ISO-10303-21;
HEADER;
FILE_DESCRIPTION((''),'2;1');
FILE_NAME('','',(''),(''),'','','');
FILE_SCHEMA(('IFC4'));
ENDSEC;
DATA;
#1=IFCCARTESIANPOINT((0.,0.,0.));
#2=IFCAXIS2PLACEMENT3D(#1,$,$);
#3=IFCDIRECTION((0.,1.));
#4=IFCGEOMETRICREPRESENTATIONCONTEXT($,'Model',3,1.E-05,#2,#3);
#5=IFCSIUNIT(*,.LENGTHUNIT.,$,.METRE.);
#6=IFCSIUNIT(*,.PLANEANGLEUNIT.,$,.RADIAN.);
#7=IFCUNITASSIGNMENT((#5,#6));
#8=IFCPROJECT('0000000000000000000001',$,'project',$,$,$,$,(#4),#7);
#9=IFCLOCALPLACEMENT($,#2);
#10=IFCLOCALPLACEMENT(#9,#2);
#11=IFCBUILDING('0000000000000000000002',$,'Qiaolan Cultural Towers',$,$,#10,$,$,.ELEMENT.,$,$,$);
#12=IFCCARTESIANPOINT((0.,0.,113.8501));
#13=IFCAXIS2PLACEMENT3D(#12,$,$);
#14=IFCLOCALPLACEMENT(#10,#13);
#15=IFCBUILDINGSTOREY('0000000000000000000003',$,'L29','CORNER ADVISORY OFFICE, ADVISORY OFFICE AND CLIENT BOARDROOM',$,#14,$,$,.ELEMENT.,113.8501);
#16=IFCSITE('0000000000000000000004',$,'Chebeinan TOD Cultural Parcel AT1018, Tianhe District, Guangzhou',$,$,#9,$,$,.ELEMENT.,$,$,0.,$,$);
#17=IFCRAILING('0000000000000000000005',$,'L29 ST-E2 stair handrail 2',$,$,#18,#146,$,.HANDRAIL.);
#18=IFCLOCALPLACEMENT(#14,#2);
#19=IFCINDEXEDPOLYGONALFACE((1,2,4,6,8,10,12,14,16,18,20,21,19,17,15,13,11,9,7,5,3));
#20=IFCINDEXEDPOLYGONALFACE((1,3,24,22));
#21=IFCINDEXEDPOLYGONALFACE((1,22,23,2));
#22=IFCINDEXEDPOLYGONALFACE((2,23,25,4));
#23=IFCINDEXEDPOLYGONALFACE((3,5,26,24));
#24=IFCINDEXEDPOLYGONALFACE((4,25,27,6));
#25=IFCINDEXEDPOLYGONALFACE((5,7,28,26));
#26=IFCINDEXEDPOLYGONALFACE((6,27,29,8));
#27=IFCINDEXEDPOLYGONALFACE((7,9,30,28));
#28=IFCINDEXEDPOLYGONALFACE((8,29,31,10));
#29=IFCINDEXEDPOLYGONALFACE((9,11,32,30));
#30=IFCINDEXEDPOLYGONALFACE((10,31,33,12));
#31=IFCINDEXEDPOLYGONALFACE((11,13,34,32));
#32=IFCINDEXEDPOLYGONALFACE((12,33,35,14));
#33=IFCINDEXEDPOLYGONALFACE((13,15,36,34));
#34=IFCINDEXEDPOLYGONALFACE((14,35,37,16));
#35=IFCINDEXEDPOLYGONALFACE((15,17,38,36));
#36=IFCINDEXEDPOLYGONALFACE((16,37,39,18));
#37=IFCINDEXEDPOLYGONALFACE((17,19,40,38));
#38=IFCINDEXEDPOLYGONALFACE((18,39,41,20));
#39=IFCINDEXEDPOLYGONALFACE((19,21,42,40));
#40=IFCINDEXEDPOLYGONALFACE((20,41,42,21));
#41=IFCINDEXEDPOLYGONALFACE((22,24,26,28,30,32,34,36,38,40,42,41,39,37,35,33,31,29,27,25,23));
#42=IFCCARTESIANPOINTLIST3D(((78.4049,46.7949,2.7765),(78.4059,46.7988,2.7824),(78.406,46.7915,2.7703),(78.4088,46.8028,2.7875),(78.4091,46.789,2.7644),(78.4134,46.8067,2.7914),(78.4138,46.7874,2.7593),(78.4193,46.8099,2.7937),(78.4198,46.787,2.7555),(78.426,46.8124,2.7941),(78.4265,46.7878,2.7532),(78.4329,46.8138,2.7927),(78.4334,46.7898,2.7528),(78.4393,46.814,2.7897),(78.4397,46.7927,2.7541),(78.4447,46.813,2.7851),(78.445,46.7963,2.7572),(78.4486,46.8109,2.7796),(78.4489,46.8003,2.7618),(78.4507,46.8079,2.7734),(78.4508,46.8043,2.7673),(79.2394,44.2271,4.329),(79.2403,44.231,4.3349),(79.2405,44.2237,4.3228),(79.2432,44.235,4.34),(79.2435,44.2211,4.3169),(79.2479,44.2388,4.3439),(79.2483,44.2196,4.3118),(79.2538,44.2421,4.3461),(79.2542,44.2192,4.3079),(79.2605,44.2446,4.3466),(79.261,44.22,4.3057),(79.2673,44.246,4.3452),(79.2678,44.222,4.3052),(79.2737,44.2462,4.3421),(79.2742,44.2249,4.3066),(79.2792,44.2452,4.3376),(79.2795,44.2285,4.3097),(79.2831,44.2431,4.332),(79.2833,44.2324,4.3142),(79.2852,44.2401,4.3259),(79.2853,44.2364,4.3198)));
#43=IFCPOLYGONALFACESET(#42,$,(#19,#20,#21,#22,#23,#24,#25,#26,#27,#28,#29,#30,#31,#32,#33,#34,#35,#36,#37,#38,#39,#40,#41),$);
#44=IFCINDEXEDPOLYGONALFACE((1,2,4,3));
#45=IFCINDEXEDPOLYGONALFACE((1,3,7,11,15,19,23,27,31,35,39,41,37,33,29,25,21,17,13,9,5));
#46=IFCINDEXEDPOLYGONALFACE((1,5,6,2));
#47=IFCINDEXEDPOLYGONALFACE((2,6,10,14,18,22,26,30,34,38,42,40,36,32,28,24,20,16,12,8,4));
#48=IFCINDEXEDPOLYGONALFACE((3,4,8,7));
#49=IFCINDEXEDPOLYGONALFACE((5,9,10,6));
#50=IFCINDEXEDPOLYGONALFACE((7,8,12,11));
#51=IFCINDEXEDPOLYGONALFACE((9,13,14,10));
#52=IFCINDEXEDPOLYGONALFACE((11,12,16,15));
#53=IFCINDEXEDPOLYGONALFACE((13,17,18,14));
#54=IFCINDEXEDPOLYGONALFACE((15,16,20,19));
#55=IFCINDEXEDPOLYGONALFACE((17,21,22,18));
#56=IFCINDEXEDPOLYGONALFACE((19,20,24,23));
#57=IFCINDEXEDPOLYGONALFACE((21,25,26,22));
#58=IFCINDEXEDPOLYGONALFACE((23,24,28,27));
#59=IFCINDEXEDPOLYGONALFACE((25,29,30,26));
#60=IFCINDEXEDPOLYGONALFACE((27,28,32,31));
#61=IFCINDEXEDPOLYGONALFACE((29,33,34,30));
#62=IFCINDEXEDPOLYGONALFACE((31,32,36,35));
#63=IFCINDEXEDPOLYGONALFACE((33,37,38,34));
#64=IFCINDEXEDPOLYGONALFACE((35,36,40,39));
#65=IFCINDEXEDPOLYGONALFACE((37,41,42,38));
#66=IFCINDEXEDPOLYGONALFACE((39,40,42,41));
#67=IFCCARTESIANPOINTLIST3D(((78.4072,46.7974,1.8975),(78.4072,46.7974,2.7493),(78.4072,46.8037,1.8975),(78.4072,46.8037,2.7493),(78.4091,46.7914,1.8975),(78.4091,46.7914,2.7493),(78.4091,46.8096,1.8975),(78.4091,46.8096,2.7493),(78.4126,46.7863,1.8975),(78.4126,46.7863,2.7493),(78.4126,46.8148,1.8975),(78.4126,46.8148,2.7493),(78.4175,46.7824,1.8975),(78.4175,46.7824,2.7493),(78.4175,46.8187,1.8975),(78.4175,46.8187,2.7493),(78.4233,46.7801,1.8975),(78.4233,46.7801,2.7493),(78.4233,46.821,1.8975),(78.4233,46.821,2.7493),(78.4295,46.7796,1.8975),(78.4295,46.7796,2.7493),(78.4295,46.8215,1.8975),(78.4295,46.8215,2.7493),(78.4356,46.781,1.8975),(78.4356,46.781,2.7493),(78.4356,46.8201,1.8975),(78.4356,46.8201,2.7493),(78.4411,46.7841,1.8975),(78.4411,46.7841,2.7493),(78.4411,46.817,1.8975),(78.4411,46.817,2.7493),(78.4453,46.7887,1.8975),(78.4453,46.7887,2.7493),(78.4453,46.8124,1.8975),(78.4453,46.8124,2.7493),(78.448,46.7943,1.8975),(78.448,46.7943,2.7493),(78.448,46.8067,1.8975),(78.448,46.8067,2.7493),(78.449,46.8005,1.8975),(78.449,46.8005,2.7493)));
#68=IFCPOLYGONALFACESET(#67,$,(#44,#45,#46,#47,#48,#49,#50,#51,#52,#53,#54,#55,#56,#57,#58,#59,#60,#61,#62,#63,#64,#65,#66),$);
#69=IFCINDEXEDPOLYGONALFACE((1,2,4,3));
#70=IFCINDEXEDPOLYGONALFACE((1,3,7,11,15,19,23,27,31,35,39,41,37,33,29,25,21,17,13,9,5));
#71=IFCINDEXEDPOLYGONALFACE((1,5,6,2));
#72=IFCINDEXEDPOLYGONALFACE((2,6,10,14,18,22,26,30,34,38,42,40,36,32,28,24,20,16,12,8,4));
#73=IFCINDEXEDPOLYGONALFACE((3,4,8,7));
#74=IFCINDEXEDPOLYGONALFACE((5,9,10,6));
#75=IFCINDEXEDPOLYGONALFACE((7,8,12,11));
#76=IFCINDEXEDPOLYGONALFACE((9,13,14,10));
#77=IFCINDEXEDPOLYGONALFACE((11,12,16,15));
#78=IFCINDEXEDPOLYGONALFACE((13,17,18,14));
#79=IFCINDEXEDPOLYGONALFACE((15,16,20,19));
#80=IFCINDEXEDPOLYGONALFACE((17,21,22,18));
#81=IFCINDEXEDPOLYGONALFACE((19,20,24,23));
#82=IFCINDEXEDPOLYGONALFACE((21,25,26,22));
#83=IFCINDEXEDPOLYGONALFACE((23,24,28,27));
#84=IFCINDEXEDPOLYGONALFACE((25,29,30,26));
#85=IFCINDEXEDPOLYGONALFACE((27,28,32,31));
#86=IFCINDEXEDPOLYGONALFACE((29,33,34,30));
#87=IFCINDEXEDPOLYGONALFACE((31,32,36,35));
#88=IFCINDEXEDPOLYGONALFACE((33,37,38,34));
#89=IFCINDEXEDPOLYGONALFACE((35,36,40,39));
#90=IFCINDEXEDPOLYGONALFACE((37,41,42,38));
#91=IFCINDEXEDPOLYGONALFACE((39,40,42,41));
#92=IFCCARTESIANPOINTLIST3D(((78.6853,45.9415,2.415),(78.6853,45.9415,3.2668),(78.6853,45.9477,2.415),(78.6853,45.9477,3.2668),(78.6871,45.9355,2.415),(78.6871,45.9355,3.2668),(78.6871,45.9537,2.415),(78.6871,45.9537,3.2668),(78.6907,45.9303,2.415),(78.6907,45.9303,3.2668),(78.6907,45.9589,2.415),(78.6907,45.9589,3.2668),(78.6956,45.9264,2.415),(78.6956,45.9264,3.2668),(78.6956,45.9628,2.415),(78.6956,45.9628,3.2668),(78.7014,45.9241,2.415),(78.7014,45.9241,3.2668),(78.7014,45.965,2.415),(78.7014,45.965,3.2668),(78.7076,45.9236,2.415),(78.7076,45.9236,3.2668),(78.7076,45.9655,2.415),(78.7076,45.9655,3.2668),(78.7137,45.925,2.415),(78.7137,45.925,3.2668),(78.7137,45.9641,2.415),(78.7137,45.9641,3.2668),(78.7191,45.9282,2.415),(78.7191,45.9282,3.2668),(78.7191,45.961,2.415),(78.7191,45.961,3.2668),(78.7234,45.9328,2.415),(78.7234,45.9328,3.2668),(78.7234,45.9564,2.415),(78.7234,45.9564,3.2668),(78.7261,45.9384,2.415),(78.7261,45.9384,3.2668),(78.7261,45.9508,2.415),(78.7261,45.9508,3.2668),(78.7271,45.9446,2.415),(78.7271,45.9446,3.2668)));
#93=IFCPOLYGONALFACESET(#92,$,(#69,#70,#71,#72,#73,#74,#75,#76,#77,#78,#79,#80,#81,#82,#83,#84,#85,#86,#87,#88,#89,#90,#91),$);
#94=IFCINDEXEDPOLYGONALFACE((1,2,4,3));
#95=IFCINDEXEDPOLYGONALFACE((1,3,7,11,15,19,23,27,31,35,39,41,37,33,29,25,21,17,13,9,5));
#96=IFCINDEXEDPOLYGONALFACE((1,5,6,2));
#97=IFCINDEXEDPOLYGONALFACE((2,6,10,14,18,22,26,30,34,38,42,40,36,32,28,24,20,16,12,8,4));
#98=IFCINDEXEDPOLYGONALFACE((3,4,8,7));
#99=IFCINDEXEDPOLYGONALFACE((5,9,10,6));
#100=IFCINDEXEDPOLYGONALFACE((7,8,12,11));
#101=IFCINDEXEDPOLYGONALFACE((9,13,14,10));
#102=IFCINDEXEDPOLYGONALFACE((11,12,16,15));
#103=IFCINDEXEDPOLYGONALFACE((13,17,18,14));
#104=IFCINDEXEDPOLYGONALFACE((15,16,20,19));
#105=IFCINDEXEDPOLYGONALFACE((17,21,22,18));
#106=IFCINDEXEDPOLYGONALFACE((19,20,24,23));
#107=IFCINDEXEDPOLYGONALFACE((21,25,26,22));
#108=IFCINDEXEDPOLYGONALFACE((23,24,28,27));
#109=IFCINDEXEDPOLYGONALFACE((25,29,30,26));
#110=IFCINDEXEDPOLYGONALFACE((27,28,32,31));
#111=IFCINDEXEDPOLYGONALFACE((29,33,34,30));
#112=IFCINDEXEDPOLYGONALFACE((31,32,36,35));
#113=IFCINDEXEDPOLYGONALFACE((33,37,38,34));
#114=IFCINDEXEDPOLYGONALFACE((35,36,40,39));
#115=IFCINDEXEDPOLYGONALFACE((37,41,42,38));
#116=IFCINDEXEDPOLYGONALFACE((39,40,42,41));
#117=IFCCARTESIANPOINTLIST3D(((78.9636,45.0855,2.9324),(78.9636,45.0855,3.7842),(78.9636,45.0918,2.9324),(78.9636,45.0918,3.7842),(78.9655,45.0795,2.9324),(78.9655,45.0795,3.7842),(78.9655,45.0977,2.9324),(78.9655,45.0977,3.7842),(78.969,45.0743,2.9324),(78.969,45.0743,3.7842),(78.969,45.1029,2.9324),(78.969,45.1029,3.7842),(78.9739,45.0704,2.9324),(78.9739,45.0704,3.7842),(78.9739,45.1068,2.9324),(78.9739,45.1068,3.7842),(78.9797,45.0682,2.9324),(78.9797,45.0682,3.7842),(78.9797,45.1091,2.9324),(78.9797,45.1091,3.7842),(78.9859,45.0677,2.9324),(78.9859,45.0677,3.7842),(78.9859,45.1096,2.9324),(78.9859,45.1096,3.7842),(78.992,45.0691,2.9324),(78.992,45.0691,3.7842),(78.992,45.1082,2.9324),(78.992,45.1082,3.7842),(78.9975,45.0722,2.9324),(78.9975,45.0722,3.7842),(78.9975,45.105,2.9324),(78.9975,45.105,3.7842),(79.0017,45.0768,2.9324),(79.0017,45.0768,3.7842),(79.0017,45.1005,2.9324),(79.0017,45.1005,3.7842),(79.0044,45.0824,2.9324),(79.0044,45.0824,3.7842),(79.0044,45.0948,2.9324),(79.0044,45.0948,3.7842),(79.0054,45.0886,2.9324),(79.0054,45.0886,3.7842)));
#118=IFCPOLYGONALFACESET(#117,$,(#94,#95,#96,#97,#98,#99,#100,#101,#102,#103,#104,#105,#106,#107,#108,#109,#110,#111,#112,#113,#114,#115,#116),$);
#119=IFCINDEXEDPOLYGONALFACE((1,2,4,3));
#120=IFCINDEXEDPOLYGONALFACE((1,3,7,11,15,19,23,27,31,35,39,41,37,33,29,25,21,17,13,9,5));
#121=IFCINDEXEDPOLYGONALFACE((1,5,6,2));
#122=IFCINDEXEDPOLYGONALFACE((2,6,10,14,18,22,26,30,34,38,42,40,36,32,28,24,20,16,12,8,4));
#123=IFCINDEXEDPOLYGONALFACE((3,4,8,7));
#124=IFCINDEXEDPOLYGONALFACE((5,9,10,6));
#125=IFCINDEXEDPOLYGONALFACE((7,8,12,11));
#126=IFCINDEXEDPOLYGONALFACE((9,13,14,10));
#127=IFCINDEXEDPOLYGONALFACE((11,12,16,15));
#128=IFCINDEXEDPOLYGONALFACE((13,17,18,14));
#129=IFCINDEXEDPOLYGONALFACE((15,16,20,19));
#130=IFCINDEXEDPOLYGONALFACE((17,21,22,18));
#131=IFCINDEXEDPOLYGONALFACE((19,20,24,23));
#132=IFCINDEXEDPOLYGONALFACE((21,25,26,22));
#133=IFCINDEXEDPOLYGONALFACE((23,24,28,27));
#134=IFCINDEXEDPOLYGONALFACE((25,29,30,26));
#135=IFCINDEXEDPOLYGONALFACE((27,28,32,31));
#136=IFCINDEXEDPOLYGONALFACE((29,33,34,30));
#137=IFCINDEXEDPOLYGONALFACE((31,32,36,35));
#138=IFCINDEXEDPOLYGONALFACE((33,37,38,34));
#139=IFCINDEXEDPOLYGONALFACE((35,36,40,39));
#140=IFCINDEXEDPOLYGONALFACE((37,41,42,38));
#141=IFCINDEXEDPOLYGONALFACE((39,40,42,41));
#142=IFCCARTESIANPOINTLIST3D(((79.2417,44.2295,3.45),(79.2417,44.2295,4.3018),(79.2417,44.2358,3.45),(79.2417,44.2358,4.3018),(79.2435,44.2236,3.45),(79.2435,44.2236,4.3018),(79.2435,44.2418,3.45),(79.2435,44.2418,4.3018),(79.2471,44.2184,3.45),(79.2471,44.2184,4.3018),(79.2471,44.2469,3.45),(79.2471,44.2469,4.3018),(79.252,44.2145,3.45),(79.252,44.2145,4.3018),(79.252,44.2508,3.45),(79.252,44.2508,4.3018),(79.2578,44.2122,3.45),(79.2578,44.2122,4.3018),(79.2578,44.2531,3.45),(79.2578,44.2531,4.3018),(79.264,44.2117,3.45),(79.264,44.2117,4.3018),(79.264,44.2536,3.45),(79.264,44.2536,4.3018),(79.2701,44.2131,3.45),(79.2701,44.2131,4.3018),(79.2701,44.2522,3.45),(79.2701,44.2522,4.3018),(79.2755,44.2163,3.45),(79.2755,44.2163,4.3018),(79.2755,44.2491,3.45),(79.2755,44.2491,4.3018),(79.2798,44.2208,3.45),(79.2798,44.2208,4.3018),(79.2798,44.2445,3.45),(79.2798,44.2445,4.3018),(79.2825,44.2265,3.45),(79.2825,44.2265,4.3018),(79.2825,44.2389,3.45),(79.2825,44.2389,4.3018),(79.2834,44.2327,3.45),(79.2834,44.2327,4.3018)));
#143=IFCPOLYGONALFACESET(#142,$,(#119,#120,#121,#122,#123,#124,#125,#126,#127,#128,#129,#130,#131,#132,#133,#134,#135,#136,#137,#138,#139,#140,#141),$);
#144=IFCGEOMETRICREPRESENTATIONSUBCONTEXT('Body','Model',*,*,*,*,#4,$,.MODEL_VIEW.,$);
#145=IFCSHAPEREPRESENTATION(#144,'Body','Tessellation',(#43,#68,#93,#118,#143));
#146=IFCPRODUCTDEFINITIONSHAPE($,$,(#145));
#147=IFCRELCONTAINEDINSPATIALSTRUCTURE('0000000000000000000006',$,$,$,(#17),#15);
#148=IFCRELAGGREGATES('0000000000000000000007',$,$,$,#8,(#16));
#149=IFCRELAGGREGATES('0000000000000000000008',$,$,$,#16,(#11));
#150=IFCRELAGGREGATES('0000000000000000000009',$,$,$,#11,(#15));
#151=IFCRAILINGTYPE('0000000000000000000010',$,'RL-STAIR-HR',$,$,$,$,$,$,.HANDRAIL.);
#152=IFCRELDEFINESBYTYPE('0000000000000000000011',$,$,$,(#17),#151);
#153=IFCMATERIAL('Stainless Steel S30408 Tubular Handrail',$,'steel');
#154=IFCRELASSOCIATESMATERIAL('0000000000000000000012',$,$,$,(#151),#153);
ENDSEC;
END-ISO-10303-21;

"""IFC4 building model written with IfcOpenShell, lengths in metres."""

from ifc_helpers import new_model, si_unit, direction, frame, origin, origin_2d, place, context, subcontext, project, spatial, circle, extrude, material, type_object, element, save


model = new_model("IFC4")

# Units and contexts
model_context = context("Model", 3, precision=1e-05, world=origin(), true_north=direction((0.0, 1.0)))
body_context = subcontext(model_context, "Body", "Model", "MODEL_VIEW")
ifc_project = project(units=[si_unit("LENGTHUNIT", "METRE"), si_unit("PLANEANGLEUNIT", "RADIAN")], contexts=[model_context])

# Site, building, storey
site_placement = place(None, origin())
site = spatial("IfcSite", under=ifc_project, at=site_placement, Name="Chebeinan TOD Cultural Parcel AT1018, Tianhe District, Guangzhou", CompositionType="ELEMENT", RefElevation=0.0)
building_placement = place(site_placement, origin())
building = spatial("IfcBuilding", under=site, at=building_placement, Name="Qiaolan Cultural Towers", CompositionType="ELEMENT")
storey_placement = place(building_placement, frame((0.0, 0.0, 113.8501)))
storey = spatial("IfcBuildingStorey", under=building, at=storey_placement, Name="L29", Description="CORNER ADVISORY OFFICE, ADVISORY OFFICE AND CLIENT BOARDROOM", CompositionType="ELEMENT", Elevation=113.8501)

# Railing
ifc_material_1 = material(Name="Stainless Steel S30408 Tubular Handrail", Category="steel")
railing_type_1 = type_object("IfcRailingType", Name="RL-STAIR-HR", PredefinedType="HANDRAIL", material=ifc_material_1)
railing_1_placement = place(storey_placement, frame((78.428, 46.8005, 1.8975)))
element("IfcRailing", 1, at=railing_1_placement, inside=storey, type_object=railing_type_1, Name="L29 ST-E2 stair handrail 2", PredefinedType="HANDRAIL", context=body_context, shape_type="SweptSolid", body=[
    extrude(circle(Radius=0.0239, at=origin_2d()), frame((0.0, 0.0, 0.876), z_axis=(0.267926, -0.824471, 0.498461), x_axis=(0.951043, 0.309057, 0.0)), (0.0, 0.0, 1.0), 3.1145),
    extrude(circle(Radius=0.021, at=origin_2d()), origin(), (0.0, 0.0, 1.0), 0.8518),
    extrude(circle(Radius=0.021, at=origin_2d()), frame((0.2781, -0.856, 0.5176)), (0.0, 0.0, 1.0), 0.8518),
    extrude(circle(Radius=0.021, at=origin_2d()), frame((0.5564, -1.7119, 1.0349)), (0.0, 0.0, 1.0), 0.8518),
    extrude(circle(Radius=0.021, at=origin_2d()), frame((0.8345, -2.5679, 1.5525)), (0.0, 0.0, 1.0), 0.8518),
])

save(model, "model.ifc")
